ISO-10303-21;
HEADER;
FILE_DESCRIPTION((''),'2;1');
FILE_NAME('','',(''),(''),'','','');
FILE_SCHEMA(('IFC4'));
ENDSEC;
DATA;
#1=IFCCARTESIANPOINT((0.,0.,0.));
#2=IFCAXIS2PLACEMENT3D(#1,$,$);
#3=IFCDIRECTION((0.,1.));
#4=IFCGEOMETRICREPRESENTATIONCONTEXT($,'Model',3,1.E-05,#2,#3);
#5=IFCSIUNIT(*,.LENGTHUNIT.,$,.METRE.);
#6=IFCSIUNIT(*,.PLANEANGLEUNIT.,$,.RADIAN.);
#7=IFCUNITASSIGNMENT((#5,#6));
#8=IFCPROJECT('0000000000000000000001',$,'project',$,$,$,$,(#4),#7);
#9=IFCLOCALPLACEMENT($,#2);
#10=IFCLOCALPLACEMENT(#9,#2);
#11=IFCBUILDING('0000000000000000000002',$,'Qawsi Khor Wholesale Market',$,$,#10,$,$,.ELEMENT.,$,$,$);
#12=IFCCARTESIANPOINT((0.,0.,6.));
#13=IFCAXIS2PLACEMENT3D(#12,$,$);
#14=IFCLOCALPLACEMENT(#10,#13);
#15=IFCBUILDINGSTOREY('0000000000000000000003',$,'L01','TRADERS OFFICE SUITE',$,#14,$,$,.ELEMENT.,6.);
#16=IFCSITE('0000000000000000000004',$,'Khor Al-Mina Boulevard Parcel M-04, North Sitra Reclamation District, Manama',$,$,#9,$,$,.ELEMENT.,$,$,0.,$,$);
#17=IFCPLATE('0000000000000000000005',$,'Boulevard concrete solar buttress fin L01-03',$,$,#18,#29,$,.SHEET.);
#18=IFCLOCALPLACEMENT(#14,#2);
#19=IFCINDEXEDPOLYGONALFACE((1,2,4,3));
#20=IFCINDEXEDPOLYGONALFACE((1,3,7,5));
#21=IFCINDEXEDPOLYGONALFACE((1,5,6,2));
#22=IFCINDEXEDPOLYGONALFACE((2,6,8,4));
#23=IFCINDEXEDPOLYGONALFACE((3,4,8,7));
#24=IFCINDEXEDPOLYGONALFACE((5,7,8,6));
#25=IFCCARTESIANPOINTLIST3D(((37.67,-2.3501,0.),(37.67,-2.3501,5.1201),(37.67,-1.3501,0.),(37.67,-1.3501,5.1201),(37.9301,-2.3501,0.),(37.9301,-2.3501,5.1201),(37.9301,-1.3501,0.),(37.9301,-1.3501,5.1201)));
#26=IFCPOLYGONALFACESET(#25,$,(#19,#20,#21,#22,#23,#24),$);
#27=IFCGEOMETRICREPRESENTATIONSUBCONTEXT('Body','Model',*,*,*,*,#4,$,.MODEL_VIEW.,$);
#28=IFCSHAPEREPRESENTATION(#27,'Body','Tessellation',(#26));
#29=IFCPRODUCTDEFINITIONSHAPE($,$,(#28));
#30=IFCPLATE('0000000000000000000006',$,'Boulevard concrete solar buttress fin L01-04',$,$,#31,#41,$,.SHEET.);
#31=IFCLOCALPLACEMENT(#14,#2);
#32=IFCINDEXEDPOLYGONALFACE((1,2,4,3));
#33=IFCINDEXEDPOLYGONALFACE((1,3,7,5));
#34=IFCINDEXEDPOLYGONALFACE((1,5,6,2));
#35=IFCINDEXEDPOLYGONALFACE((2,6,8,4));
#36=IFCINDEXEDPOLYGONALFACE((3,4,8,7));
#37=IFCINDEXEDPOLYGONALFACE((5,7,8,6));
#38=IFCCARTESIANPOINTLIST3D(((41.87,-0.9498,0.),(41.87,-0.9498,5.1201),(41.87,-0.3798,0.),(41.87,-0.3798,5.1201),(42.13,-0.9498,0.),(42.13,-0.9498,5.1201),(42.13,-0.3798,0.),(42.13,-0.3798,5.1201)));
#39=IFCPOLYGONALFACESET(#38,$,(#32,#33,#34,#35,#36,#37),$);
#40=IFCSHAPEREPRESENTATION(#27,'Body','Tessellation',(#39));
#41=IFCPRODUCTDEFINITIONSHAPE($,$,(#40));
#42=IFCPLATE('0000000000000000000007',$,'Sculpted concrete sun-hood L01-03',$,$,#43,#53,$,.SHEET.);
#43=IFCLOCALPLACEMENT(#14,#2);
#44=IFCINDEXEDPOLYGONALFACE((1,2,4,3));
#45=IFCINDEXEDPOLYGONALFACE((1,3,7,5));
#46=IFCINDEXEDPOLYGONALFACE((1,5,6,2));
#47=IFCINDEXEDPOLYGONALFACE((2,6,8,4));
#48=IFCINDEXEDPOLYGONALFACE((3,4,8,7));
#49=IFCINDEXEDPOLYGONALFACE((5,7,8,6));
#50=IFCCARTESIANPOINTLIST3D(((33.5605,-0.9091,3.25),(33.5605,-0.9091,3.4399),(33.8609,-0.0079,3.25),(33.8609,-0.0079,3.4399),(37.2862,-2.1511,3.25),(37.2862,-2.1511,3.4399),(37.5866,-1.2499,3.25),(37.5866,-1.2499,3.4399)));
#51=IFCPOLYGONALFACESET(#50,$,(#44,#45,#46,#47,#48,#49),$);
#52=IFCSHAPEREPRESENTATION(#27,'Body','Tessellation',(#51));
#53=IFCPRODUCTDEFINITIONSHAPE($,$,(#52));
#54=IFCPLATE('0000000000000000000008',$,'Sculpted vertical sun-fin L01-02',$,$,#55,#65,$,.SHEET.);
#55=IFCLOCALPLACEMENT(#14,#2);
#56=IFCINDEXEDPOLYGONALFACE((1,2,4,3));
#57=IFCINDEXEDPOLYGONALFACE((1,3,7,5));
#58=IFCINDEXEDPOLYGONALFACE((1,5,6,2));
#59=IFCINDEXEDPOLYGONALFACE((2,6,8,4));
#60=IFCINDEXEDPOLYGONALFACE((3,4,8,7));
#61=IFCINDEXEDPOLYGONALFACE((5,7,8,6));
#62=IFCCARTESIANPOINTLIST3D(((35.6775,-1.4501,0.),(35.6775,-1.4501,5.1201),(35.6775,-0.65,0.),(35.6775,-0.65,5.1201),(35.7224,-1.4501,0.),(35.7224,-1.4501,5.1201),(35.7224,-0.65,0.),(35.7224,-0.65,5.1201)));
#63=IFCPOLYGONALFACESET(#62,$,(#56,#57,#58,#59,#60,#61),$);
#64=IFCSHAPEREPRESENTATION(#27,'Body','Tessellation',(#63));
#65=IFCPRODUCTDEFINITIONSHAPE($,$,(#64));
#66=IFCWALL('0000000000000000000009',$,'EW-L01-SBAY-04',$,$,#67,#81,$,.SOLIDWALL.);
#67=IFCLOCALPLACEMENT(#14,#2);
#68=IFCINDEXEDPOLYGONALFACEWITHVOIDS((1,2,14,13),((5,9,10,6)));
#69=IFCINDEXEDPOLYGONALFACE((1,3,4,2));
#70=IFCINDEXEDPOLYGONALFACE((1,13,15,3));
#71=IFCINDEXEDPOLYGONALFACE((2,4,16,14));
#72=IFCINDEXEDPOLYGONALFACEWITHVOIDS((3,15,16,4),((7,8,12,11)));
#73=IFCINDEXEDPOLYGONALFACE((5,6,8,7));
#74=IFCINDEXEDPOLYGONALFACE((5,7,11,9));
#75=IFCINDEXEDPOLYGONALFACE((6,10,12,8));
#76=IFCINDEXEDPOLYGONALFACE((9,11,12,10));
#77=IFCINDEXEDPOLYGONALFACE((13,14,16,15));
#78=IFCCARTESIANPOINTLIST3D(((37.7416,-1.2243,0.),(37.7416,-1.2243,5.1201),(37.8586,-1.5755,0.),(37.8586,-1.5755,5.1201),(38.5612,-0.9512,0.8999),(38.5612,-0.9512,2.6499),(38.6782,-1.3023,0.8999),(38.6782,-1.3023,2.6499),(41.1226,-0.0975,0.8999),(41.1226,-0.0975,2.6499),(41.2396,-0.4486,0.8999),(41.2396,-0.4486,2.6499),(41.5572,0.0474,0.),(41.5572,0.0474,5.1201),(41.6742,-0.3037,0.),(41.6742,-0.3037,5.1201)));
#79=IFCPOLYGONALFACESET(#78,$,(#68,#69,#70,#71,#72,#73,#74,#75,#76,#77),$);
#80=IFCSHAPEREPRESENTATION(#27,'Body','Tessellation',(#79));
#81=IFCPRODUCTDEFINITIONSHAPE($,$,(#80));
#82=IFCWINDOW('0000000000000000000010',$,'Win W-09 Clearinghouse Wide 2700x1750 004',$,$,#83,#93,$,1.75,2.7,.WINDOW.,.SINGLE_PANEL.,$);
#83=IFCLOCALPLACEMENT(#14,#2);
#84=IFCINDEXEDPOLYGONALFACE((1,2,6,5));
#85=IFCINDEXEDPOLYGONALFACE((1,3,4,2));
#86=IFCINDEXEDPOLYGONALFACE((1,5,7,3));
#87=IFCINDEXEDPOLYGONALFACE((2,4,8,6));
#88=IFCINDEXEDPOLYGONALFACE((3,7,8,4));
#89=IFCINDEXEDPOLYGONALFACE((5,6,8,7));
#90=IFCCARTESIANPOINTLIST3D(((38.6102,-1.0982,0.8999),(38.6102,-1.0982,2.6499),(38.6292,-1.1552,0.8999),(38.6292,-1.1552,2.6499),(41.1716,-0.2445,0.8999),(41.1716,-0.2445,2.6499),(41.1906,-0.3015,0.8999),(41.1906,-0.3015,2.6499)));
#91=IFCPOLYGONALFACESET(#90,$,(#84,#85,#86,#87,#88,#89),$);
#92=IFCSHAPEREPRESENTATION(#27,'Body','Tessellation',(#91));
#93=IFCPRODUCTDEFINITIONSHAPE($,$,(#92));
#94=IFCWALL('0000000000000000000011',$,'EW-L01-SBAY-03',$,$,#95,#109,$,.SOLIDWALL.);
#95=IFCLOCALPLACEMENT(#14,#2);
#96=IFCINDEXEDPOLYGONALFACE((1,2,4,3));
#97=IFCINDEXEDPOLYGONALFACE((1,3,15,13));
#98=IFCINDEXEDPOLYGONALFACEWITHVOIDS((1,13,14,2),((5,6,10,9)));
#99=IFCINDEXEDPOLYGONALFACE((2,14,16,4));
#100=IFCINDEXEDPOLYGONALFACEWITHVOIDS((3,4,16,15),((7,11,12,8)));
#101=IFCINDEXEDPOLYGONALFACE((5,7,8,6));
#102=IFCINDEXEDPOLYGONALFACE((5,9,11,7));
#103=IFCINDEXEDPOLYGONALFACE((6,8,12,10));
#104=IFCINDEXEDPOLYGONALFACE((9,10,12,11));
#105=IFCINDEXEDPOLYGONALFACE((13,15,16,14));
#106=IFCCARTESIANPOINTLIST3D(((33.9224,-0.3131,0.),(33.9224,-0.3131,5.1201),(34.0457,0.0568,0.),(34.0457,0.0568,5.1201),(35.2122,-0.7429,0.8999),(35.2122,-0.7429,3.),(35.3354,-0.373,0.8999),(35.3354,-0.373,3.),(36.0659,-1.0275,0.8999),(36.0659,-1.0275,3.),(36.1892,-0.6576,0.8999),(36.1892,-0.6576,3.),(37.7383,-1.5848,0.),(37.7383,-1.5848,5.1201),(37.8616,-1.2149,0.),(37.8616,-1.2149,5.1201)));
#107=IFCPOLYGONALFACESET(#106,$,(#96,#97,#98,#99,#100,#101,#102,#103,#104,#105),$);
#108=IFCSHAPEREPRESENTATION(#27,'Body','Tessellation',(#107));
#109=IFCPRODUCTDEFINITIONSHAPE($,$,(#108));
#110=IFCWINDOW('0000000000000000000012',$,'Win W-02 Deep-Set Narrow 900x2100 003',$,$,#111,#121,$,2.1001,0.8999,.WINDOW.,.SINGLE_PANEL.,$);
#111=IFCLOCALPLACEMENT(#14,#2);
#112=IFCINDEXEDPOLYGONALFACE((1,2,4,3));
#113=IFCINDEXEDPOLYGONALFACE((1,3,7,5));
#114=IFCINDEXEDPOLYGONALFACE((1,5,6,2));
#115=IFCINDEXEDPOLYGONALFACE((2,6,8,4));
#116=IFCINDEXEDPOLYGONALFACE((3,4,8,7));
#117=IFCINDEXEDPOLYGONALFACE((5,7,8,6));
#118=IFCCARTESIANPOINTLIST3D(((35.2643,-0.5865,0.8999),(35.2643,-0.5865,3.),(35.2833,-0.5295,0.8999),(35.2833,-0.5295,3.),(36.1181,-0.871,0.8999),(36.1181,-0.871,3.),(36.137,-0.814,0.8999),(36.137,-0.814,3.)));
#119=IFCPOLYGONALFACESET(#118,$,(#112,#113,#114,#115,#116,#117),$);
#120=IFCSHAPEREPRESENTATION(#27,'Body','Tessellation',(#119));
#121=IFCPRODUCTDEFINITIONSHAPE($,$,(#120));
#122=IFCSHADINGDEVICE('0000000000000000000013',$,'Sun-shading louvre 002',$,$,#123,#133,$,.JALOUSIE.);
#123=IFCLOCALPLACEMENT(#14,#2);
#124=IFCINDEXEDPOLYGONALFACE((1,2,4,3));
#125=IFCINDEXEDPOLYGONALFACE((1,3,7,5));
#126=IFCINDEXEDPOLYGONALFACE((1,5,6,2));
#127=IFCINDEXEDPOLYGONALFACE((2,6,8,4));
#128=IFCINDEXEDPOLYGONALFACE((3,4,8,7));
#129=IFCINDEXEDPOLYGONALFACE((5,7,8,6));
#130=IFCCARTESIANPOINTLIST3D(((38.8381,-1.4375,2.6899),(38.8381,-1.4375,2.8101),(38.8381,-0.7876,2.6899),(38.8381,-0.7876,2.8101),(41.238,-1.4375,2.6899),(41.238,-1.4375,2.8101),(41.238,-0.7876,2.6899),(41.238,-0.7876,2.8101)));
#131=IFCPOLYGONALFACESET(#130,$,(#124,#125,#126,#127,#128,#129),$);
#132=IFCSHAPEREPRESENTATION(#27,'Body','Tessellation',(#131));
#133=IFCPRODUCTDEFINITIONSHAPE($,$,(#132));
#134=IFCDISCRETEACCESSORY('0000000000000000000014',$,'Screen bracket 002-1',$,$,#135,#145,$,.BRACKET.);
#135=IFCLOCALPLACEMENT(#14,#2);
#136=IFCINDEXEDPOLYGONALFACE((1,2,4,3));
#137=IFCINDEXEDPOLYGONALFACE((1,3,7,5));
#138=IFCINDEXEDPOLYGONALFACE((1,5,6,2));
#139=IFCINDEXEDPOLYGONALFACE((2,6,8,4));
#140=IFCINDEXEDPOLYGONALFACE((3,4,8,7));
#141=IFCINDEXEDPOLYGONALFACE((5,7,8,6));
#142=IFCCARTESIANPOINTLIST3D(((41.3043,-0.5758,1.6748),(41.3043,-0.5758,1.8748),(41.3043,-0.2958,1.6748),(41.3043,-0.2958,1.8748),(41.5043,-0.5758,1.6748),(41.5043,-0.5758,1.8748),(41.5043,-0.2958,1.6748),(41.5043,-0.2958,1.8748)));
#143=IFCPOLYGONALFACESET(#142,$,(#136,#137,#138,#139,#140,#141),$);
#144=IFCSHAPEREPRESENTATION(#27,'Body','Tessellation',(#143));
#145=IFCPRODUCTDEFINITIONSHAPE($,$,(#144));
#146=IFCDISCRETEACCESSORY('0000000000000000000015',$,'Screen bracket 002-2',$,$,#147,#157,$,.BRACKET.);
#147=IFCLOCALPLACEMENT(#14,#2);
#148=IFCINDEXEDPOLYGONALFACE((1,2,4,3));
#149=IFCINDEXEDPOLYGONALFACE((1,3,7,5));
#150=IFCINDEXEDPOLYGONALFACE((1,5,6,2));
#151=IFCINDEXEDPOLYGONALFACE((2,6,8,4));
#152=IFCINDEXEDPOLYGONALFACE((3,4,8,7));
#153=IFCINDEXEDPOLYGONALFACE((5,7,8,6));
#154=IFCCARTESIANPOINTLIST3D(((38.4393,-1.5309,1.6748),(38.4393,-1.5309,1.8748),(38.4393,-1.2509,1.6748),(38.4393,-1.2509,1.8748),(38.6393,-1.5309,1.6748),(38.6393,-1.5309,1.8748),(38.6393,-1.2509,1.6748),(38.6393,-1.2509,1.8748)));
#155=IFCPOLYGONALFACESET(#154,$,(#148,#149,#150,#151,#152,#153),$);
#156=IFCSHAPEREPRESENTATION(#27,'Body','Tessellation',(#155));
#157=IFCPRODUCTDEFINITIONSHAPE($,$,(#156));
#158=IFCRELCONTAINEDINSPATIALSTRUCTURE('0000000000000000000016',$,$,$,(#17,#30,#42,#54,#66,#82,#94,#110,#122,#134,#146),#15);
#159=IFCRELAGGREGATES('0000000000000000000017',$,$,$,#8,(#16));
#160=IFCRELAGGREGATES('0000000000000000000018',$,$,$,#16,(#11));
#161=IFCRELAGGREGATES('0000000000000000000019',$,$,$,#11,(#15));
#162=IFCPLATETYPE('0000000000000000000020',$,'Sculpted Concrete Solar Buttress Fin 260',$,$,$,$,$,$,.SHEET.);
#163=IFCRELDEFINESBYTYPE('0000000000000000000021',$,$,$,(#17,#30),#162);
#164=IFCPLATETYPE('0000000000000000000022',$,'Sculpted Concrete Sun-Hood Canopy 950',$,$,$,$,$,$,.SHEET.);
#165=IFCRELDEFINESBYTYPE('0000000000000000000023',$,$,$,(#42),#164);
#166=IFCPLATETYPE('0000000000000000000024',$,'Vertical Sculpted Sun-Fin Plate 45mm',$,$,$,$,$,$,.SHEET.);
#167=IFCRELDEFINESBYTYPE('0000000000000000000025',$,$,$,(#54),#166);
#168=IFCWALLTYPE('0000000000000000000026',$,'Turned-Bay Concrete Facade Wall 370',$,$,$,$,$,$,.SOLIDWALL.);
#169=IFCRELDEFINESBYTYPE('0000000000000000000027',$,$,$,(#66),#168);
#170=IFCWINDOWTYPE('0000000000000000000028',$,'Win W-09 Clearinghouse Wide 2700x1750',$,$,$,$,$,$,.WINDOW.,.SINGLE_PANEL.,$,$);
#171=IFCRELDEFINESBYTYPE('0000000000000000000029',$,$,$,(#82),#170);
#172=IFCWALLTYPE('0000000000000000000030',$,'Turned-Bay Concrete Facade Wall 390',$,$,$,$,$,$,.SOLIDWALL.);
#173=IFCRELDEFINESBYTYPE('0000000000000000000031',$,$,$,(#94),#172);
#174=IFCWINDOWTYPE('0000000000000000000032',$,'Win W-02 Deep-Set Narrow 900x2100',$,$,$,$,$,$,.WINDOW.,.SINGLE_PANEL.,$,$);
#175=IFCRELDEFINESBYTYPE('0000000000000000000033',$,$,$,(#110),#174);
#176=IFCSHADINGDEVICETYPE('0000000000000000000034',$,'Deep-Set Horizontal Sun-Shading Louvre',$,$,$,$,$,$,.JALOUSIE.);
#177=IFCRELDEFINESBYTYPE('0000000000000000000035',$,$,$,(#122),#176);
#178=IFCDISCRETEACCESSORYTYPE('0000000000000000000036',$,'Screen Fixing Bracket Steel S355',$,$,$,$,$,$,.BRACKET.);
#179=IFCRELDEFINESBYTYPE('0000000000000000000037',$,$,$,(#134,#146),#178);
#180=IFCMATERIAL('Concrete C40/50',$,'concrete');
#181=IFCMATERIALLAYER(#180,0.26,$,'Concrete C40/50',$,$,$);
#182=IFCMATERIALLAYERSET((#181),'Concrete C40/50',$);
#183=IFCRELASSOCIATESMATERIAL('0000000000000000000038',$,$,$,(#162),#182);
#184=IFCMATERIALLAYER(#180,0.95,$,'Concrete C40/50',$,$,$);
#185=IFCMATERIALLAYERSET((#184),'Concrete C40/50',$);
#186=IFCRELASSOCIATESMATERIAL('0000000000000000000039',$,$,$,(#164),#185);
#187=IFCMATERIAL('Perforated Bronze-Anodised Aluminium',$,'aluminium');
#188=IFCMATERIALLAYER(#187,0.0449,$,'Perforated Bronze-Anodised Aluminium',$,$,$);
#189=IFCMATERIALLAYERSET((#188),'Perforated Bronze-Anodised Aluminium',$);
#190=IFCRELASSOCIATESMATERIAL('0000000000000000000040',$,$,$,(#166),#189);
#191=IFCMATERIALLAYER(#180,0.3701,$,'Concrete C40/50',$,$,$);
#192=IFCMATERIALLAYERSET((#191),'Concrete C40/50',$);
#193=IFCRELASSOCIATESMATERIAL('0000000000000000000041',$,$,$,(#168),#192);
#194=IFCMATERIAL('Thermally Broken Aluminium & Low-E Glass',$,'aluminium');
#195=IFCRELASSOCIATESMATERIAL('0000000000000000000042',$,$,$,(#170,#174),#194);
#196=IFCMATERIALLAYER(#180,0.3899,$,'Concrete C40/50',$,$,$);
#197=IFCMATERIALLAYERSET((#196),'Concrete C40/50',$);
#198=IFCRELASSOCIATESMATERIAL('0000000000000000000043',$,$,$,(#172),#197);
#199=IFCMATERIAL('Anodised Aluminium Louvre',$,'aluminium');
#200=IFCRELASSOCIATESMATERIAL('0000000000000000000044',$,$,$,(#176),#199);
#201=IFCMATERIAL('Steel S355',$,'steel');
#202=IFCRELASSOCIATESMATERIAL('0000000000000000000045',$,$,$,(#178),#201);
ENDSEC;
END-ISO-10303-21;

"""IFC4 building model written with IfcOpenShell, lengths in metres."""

from ifc_helpers import new_model, si_unit, direction, frame, frame_2d, origin, origin_2d, place, context, subcontext, project, spatial, rectangle, extrude, material, layer, layer_set, type_object, element, fill, save


model = new_model("IFC4")

# Units and contexts
model_context = context("Model", 3, precision=1e-05, world=origin(), true_north=direction((0.0, 1.0)))
body_context = subcontext(model_context, "Body", "Model", "MODEL_VIEW")
ifc_project = project(units=[si_unit("LENGTHUNIT", "METRE"), si_unit("PLANEANGLEUNIT", "RADIAN")], contexts=[model_context])

# Site, building, storey
site_placement = place(None, origin())
site = spatial("IfcSite", under=ifc_project, at=site_placement, Name="Khor Al-Mina Boulevard Parcel M-04, North Sitra Reclamation District, Manama", CompositionType="ELEMENT", RefElevation=0.0)
building_placement = place(site_placement, origin())
building = spatial("IfcBuilding", under=site, at=building_placement, Name="Qawsi Khor Wholesale Market", CompositionType="ELEMENT")
storey_placement = place(building_placement, frame((0.0, 0.0, 6.0)))
storey = spatial("IfcBuildingStorey", under=building, at=storey_placement, Name="L01", Description="TRADERS OFFICE SUITE", CompositionType="ELEMENT", Elevation=6.0)

# Shared definitions
ifc_material_1 = material(Name="Concrete C40/50", Category="concrete")

# Shared definitions
ifc_material_2 = material(Name="Steel S355", Category="steel")

# Plates
ifc_material_3 = material(Name="Perforated Bronze-Anodised Aluminium", Category="aluminium")
ifc_layer_1 = layer(ifc_material_1, 0.26, Name="Concrete C40/50")
ifc_layer_set_1 = layer_set([ifc_layer_1], Name="Concrete C40/50")
plate_type_1 = type_object("IfcPlateType", Name="Sculpted Concrete Solar Buttress Fin 260", PredefinedType="SHEET", material=ifc_layer_set_1)
plate_1_placement = place(storey_placement, frame((37.8, -2.3501, 0.0), z_axis=(0.0, 0.0, 1.0), x_axis=(0.0, 1.0, 0.0)))
element("IfcPlate", 1, at=plate_1_placement, inside=storey, type_object=plate_type_1, Name="Boulevard concrete solar buttress fin L01-03", PredefinedType="SHEET", context=body_context, shape_type="SweptSolid", body=[
    extrude(rectangle(XDim=1.0, YDim=0.26, at=frame_2d((0.5, 0.0))), origin(), (0.0, 0.0, 1.0), 5.1201),
])
plate_2_placement = place(storey_placement, frame((42.0, -0.95, 0.0), z_axis=(0.0, 0.0, 1.0), x_axis=(0.0, 1.0, 0.0)))
element("IfcPlate", 2, at=plate_2_placement, inside=storey, type_object=plate_type_1, Name="Boulevard concrete solar buttress fin L01-04", PredefinedType="SHEET", context=body_context, shape_type="SweptSolid", body=[
    extrude(rectangle(XDim=0.5701, YDim=0.26, at=frame_2d((0.2852, 0.0))), origin(), (0.0, 0.0, 1.0), 5.1201),
])
ifc_layer_2 = layer(ifc_material_1, 0.95, Name="Concrete C40/50")
ifc_layer_set_2 = layer_set([ifc_layer_2], Name="Concrete C40/50")
plate_type_2 = type_object("IfcPlateType", Name="Sculpted Concrete Sun-Hood Canopy 950", PredefinedType="SHEET", material=ifc_layer_set_2)
plate_3_placement = place(storey_placement, frame((33.7107, -0.4585, 3.25), z_axis=(0.0, 0.0, 1.0), x_axis=(0.948677, -0.316246, 0.0)))
element("IfcPlate", 3, at=plate_3_placement, inside=storey, type_object=plate_type_2, Name="Sculpted concrete sun-hood L01-03", PredefinedType="SHEET", context=body_context, shape_type="SweptSolid", body=[
    extrude(rectangle(XDim=3.9272, YDim=0.95, at=frame_2d((1.9636, 0.0))), origin(), (0.0, 0.0, 1.0), 0.1899),
])
ifc_layer_3 = layer(ifc_material_3, 0.0449, Name="Perforated Bronze-Anodised Aluminium")
ifc_layer_set_3 = layer_set([ifc_layer_3], Name="Perforated Bronze-Anodised Aluminium")
plate_type_3 = type_object("IfcPlateType", Name="Vertical Sculpted Sun-Fin Plate 45mm", PredefinedType="SHEET", material=ifc_layer_set_3)
plate_4_placement = place(storey_placement, frame((35.7, -1.45, 0.0), z_axis=(0.0, 0.0, 1.0), x_axis=(0.0, 1.0, 0.0)))
element("IfcPlate", 4, at=plate_4_placement, inside=storey, type_object=plate_type_3, Name="Sculpted vertical sun-fin L01-02", PredefinedType="SHEET", context=body_context, shape_type="SweptSolid", body=[
    extrude(rectangle(XDim=0.8, YDim=0.0449, at=frame_2d((0.3999, 0.0))), origin(), (0.0, 0.0, 1.0), 5.1201),
])

# Walls, openings, windows
ifc_layer_4 = layer(ifc_material_1, 0.3701, Name="Concrete C40/50")
ifc_layer_set_4 = layer_set([ifc_layer_4], Name="Concrete C40/50")
wall_type_1 = type_object("IfcWallType", Name="Turned-Bay Concrete Facade Wall 370", PredefinedType="SOLIDWALL", material=ifc_layer_set_4)
wall_1_placement = place(storey_placement, frame((41.6157, -0.1282, 0.0), z_axis=(0.0, 0.0, 1.0), x_axis=(-0.948695, -0.316191, 0.0)))
wall_1 = element("IfcWall", 5, at=wall_1_placement, inside=storey, type_object=wall_type_1, Name="EW-L01-SBAY-04", PredefinedType="SOLIDWALL", context=body_context, shape_type="SweptSolid", body=[
    extrude(rectangle(XDim=4.022, YDim=0.3701, at=frame_2d((2.011, 0.0))), origin(), (0.0, 0.0, 1.0), 5.1201),
])
opening_1_placement = place(wall_1_placement, frame((0.458, 0.0, 0.8999)))
opening_1 = element("IfcOpeningElement", 6, at=opening_1_placement, cuts=wall_1, PredefinedType="OPENING", context=body_context, shape_type="SweptSolid", body=[
    extrude(rectangle(XDim=2.7, YDim=1.75, at=frame_2d((1.3501, 0.875))), frame((0.0, 0.1951, 0.0), z_axis=(0.0, -1.0, 0.0), x_axis=(1.0, 0.0, 0.0)), (0.0, 0.0, 1.0), 0.3901),
])
ifc_material_4 = material(Name="Thermally Broken Aluminium & Low-E Glass", Category="aluminium")
window_type_1 = type_object("IfcWindowType", Name="Win W-09 Clearinghouse Wide 2700x1750", PartitioningType="SINGLE_PANEL", PredefinedType="WINDOW", material=ifc_material_4)
window_1_placement = place(opening_1_placement, origin())
window_1 = element("IfcWindow", 7, at=window_1_placement, inside=storey, type_object=window_type_1, Name="Win W-09 Clearinghouse Wide 2700x1750 004", OverallHeight=1.75, OverallWidth=2.7, PartitioningType="SINGLE_PANEL", PredefinedType="WINDOW", context=body_context, shape_type="SweptSolid", body=[
    extrude(rectangle(XDim=2.7, YDim=1.75, at=frame_2d((1.3501, 0.875))), frame((0.0, 0.03, 0.0), z_axis=(0.0, -1.0, 0.0), x_axis=(1.0, 0.0, 0.0)), (0.0, 0.0, 1.0), 0.0601),
])
fill(opening_1, window_1)
ifc_layer_5 = layer(ifc_material_1, 0.3899, Name="Concrete C40/50")
ifc_layer_set_5 = layer_set([ifc_layer_5], Name="Concrete C40/50")
wall_type_2 = type_object("IfcWallType", Name="Turned-Bay Concrete Facade Wall 390", PredefinedType="SOLIDWALL", material=ifc_layer_set_5)
wall_2_placement = place(storey_placement, frame((37.8, -1.3999, 0.0), z_axis=(0.0, 0.0, 1.0), x_axis=(-0.948702, 0.316173, 0.0)))
wall_2 = element("IfcWall", 8, at=wall_2_placement, inside=storey, type_object=wall_type_2, Name="EW-L01-SBAY-03", PredefinedType="SOLIDWALL", context=body_context, shape_type="SweptSolid", body=[
    extrude(rectangle(XDim=4.0222, YDim=0.3899, at=frame_2d((2.0112, 0.0))), origin(), (0.0, 0.0, 1.0), 5.1201),
])
opening_2_placement = place(wall_2_placement, frame((1.7629, 0.0, 0.8999)))
opening_2 = element("IfcOpeningElement", 9, at=opening_2_placement, cuts=wall_2, PredefinedType="OPENING", context=body_context, shape_type="SweptSolid", body=[
    extrude(rectangle(XDim=0.8999, YDim=2.1001, at=frame_2d((0.45, 1.05))), frame((0.0, 0.2048, 0.0), z_axis=(0.0, -1.0, 0.0), x_axis=(1.0, 0.0, 0.0)), (0.0, 0.0, 1.0), 0.4099),
])
window_type_2 = type_object("IfcWindowType", Name="Win W-02 Deep-Set Narrow 900x2100", PartitioningType="SINGLE_PANEL", PredefinedType="WINDOW", material=ifc_material_4)
window_2_placement = place(opening_2_placement, origin())
window_2 = element("IfcWindow", 10, at=window_2_placement, inside=storey, type_object=window_type_2, Name="Win W-02 Deep-Set Narrow 900x2100 003", OverallHeight=2.1001, OverallWidth=0.8999, PartitioningType="SINGLE_PANEL", PredefinedType="WINDOW", context=body_context, shape_type="SweptSolid", body=[
    extrude(rectangle(XDim=0.8999, YDim=2.1001, at=frame_2d((0.45, 1.05))), frame((0.0, 0.03, 0.0), z_axis=(0.0, -1.0, 0.0), x_axis=(1.0, 0.0, 0.0)), (0.0, 0.0, 1.0), 0.0601),
])
fill(opening_2, window_2)

# Shading device
ifc_material_5 = material(Name="Anodised Aluminium Louvre", Category="aluminium")
shading_device_type = type_object("IfcShadingDeviceType", Name="Deep-Set Horizontal Sun-Shading Louvre", PredefinedType="JALOUSIE", material=ifc_material_5)
shading_device_placement = place(storey_placement, frame((40.0381, -1.1125, 2.6899), z_axis=(0.0, 0.0, 1.0), x_axis=(1.0, 0.0, 0.0)))
element("IfcShadingDevice", 11, at=shading_device_placement, inside=storey, type_object=shading_device_type, Name="Sun-shading louvre 002", PredefinedType="JALOUSIE", context=body_context, shape_type="SweptSolid", body=[
    extrude(rectangle(XDim=2.3999, YDim=0.6499, at=origin_2d()), origin(), (0.0, 0.0, 1.0), 0.1201),
])

# Discrete accessories
discrete_accessory_type = type_object("IfcDiscreteAccessoryType", Name="Screen Fixing Bracket Steel S355", PredefinedType="BRACKET", material=ifc_material_2)
for number, where, z_axis, x_axis, name in (
    (12, (41.4043, -0.4358, 1.6748), (0.0, 0.0, 1.0), (1.0, 0.0, 0.0), "Screen bracket 002-1"),
    (13, (38.5393, -1.3909, 1.6748), (0.0, 0.0, 1.0), (1.0, 0.0, 0.0), "Screen bracket 002-2"),
):
    element("IfcDiscreteAccessory", number, at=place(storey_placement, frame(where, z_axis=z_axis, x_axis=x_axis)), inside=storey, type_object=discrete_accessory_type, Name=name, PredefinedType="BRACKET", context=body_context, shape_type="SweptSolid", body=[
        extrude(rectangle(XDim=0.2, YDim=0.28, at=origin_2d()), origin(), (0.0, 0.0, 1.0), 0.2),
    ])

save(model, "model.ifc")
